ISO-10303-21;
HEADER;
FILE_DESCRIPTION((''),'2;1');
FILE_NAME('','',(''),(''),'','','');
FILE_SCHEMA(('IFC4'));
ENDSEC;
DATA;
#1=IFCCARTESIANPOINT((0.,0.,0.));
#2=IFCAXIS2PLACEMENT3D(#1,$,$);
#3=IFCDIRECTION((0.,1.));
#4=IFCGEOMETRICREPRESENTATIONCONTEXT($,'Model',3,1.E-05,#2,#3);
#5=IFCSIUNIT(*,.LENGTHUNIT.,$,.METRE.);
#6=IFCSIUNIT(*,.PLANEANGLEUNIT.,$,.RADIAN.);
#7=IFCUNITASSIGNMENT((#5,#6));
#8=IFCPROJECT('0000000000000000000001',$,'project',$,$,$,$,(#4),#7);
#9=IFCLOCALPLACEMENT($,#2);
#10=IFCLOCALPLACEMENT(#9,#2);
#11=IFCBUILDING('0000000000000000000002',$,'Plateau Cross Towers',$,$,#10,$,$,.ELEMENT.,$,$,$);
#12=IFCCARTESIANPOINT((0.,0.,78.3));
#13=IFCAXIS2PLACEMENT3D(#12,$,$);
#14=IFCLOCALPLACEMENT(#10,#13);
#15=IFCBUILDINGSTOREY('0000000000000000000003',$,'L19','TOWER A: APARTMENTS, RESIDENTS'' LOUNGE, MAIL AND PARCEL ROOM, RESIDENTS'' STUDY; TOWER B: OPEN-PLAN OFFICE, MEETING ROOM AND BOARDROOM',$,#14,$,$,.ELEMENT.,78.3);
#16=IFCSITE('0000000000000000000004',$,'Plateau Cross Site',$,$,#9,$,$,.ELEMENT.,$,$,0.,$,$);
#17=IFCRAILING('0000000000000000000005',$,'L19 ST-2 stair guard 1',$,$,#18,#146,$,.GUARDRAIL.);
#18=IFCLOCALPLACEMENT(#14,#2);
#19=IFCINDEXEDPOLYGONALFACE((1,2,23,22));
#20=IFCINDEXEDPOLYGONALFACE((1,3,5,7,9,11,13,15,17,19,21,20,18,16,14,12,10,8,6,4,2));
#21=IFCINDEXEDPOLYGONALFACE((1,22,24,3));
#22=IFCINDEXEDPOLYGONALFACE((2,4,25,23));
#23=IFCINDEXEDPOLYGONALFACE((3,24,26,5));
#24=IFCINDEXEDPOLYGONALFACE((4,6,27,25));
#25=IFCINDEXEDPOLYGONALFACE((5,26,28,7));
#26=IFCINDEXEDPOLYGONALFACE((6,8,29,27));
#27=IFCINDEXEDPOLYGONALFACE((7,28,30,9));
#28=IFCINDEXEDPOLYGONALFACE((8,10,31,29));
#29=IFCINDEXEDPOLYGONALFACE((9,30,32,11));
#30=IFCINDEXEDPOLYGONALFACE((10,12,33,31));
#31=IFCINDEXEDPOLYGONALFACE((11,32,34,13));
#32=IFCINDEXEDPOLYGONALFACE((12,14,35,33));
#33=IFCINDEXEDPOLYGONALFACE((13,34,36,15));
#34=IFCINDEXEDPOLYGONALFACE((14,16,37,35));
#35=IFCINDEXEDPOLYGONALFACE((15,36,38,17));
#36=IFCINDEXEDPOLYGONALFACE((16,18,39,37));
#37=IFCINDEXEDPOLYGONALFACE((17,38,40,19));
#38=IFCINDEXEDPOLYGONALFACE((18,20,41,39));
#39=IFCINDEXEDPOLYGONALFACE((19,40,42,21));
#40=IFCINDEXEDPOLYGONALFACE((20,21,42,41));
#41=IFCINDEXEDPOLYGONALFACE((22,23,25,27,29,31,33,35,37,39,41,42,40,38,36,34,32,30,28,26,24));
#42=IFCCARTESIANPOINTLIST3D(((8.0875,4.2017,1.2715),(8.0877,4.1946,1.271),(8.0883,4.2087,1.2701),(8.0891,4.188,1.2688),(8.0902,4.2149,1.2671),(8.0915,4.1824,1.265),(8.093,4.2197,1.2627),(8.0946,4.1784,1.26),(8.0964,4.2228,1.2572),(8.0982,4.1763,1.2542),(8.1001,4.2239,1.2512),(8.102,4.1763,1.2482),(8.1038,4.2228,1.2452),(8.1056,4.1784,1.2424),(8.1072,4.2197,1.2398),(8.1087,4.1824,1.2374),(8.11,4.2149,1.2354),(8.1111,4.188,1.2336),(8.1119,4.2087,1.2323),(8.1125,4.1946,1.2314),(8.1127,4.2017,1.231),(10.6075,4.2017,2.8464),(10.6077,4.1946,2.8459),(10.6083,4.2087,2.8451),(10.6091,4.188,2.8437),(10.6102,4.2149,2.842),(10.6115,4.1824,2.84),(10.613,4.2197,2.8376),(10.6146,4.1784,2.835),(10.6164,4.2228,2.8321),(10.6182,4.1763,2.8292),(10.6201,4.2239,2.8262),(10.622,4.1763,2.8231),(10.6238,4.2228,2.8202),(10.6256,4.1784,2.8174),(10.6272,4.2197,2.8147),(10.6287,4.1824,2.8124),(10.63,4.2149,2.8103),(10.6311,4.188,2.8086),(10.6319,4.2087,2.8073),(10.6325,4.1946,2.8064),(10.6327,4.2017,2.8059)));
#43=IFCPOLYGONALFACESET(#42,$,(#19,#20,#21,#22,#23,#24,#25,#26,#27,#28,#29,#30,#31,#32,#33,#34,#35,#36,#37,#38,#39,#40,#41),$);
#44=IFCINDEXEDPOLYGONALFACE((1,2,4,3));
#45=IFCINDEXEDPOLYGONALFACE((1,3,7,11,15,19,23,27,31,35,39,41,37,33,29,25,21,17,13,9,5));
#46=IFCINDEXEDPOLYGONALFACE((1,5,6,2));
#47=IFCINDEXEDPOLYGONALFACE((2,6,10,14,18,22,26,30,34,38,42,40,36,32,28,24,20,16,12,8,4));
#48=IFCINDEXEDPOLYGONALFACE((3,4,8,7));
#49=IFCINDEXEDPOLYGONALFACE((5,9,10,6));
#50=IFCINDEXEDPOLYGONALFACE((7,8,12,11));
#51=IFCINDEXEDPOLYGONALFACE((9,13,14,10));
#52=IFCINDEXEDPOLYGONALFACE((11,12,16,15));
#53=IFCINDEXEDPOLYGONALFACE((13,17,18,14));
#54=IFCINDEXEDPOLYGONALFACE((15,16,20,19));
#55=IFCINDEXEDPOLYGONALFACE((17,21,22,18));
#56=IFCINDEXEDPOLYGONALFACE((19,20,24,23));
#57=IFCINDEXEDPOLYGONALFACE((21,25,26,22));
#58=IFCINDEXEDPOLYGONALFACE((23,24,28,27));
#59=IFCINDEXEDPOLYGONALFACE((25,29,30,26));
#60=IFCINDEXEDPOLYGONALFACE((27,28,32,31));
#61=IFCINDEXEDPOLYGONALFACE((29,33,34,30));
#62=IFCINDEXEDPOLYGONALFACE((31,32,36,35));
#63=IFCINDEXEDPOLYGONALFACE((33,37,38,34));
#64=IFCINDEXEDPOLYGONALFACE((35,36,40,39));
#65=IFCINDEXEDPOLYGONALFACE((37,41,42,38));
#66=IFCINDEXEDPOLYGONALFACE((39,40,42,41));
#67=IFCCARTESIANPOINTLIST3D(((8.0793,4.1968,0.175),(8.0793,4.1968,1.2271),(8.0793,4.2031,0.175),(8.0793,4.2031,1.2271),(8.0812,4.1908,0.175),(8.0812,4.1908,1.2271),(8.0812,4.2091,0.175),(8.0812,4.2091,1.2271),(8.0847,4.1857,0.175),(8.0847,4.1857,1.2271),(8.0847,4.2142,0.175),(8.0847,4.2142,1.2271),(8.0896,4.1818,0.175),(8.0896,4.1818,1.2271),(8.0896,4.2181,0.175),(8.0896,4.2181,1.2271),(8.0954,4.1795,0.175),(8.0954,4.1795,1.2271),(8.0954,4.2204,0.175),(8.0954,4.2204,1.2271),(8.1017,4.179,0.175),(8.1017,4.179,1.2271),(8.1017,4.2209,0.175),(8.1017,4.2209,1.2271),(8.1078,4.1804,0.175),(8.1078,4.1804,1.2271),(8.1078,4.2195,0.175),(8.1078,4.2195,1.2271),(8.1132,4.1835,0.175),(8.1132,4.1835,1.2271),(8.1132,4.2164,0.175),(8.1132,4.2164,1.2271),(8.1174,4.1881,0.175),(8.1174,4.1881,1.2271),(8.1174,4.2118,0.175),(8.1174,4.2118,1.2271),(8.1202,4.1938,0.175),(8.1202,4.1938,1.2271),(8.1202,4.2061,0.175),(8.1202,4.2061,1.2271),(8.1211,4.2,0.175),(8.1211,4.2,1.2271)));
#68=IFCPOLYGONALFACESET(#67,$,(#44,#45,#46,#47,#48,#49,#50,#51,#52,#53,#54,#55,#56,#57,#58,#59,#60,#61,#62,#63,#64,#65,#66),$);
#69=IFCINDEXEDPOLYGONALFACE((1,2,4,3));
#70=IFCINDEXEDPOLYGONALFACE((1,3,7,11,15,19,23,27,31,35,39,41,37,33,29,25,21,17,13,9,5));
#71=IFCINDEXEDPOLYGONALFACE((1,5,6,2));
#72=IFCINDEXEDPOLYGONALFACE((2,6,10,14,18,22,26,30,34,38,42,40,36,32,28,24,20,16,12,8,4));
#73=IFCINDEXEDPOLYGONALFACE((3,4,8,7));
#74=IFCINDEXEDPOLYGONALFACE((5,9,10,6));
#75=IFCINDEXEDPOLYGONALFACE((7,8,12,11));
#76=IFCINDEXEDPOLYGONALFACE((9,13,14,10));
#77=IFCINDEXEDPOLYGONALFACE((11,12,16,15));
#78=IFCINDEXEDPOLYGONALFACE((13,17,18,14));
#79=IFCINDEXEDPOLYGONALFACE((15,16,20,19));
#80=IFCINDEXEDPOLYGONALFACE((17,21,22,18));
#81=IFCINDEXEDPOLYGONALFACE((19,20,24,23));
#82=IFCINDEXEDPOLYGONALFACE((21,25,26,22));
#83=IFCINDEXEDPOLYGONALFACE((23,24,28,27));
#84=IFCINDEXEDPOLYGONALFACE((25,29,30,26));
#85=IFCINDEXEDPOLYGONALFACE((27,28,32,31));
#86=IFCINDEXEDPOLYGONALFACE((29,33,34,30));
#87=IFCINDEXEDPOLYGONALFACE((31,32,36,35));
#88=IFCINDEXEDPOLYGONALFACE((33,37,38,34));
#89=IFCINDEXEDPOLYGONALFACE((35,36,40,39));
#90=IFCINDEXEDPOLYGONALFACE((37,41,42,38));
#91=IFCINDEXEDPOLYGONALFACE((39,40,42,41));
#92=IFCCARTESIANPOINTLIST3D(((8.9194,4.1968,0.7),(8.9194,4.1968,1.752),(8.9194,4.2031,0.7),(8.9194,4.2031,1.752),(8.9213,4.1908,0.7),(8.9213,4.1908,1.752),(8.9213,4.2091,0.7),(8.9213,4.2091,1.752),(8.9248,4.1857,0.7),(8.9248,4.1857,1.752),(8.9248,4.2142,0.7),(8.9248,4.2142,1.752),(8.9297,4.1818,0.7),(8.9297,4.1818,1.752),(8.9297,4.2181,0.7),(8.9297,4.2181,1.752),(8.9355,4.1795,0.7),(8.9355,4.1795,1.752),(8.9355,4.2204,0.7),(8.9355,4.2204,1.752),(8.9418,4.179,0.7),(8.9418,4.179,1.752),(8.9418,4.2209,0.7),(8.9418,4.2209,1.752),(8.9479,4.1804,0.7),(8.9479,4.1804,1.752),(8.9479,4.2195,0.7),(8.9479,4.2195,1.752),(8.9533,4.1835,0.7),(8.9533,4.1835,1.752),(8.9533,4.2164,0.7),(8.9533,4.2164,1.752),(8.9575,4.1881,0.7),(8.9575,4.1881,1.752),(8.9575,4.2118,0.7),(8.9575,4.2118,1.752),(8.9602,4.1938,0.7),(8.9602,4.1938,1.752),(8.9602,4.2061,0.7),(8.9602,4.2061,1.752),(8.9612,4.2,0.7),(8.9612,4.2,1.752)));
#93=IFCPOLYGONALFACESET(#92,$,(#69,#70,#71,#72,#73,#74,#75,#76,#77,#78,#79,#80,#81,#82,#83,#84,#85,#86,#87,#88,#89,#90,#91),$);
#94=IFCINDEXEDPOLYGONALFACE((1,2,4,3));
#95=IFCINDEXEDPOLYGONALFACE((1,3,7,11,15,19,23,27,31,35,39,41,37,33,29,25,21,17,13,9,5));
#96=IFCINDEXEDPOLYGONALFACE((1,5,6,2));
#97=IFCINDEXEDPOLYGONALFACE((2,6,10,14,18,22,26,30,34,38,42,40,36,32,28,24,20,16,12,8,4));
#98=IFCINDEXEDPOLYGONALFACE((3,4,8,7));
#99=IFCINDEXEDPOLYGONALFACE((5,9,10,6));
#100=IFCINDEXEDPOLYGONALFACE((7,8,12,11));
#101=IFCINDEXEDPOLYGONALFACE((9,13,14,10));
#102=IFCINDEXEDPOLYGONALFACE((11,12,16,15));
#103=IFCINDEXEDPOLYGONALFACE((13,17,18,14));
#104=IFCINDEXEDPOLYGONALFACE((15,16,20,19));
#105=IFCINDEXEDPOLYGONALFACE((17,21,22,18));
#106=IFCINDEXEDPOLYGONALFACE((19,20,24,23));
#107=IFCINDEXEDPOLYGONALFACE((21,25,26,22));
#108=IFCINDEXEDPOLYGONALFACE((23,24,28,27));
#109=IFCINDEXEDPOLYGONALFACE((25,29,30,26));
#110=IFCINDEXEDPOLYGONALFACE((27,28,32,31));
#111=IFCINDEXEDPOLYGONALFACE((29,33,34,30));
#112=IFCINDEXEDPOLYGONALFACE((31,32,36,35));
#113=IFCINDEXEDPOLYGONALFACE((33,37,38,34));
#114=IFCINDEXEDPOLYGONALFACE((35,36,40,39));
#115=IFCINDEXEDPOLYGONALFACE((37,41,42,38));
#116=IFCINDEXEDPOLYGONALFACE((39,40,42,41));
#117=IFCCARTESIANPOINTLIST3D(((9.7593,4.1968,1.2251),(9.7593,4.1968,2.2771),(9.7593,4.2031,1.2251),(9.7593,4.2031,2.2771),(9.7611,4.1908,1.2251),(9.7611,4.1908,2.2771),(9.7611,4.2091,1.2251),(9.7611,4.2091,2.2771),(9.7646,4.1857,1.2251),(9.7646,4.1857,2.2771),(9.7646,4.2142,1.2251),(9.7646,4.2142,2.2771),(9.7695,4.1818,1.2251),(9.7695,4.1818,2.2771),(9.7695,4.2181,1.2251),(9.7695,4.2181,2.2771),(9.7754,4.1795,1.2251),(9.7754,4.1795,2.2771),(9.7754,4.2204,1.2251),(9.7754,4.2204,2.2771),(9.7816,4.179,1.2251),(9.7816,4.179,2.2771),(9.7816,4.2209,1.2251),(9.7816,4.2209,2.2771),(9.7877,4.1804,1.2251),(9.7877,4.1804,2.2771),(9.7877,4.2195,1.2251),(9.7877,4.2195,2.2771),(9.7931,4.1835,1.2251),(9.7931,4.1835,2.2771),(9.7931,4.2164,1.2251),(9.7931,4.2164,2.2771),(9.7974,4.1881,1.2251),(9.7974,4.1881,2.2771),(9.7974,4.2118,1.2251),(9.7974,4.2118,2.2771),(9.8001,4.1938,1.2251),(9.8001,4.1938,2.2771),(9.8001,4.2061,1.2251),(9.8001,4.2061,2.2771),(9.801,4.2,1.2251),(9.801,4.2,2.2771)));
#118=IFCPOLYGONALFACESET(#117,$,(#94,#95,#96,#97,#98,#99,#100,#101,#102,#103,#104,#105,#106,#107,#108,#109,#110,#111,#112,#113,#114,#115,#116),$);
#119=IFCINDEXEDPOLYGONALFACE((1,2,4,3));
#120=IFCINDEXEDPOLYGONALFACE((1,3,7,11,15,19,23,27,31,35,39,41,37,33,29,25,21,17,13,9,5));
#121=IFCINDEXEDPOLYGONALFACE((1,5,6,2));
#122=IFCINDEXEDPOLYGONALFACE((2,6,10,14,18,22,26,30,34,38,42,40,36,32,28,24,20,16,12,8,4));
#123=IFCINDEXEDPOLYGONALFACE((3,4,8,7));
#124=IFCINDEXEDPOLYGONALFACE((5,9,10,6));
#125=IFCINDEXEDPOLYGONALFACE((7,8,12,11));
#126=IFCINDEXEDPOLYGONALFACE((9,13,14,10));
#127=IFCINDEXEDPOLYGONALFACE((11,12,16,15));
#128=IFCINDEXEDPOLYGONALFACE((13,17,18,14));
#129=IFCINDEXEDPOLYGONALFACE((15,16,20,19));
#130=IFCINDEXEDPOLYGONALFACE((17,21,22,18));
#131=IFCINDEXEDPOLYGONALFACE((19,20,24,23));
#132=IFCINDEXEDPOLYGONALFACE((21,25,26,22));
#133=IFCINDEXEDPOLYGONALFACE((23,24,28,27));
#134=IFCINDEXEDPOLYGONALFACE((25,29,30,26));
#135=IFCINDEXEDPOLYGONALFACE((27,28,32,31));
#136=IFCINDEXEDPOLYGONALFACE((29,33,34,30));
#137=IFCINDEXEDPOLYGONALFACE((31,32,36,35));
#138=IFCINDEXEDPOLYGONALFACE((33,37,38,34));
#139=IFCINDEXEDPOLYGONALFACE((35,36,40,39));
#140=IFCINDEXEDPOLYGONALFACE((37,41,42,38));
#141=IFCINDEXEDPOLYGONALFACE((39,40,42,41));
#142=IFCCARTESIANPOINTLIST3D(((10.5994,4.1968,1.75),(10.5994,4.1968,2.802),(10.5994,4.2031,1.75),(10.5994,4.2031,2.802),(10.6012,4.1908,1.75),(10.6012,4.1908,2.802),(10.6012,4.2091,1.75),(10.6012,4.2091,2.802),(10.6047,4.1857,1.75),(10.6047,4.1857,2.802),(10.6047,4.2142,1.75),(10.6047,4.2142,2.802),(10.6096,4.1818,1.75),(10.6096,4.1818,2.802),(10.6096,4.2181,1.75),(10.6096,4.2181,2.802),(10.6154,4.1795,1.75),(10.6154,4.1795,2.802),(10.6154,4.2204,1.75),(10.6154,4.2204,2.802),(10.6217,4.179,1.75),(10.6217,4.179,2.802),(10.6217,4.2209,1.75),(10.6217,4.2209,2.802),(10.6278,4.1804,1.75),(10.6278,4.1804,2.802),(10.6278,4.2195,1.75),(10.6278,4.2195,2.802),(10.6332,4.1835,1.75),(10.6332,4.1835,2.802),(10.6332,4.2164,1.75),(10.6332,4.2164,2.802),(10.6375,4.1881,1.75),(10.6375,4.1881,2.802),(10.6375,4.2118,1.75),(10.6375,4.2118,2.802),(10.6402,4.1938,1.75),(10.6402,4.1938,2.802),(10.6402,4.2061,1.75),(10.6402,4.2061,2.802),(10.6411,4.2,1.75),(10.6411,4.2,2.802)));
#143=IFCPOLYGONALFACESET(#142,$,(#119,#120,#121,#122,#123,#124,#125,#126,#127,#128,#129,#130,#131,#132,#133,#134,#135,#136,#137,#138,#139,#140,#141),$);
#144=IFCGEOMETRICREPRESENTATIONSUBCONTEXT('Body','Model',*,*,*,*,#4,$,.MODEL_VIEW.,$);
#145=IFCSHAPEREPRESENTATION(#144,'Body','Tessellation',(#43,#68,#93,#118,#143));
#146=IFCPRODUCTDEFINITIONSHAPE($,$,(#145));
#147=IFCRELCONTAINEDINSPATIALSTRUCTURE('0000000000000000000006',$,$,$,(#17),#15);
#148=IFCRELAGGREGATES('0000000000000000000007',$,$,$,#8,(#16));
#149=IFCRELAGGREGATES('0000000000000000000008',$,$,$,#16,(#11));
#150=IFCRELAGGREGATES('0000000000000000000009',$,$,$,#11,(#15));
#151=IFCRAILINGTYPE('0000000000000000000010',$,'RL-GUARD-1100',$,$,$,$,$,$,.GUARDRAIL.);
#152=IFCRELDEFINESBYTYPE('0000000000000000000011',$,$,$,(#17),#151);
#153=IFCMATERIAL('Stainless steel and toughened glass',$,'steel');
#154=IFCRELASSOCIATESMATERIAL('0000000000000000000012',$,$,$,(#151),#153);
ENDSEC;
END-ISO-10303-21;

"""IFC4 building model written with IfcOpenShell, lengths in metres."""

from ifc_helpers import new_model, si_unit, direction, frame, origin, origin_2d, place, context, subcontext, project, spatial, circle, extrude, material, type_object, element, save


model = new_model("IFC4")

# Units and contexts
model_context = context("Model", 3, precision=1e-05, world=origin(), true_north=direction((0.0, 1.0)))
body_context = subcontext(model_context, "Body", "Model", "MODEL_VIEW")
ifc_project = project(units=[si_unit("LENGTHUNIT", "METRE"), si_unit("PLANEANGLEUNIT", "RADIAN")], contexts=[model_context])

# Site, building, storey
site_placement = place(None, origin())
site = spatial("IfcSite", under=ifc_project, at=site_placement, Name="Plateau Cross Site", CompositionType="ELEMENT", RefElevation=0.0)
building_placement = place(site_placement, origin())
building = spatial("IfcBuilding", under=site, at=building_placement, Name="Plateau Cross Towers", CompositionType="ELEMENT")
storey_placement = place(building_placement, frame((0.0, 0.0, 78.3)))
storey = spatial("IfcBuildingStorey", under=building, at=storey_placement, Name="L19", Description="TOWER A: APARTMENTS, RESIDENTS' LOUNGE, MAIL AND PARCEL ROOM, RESIDENTS' STUDY; TOWER B: OPEN-PLAN OFFICE, MEETING ROOM AND BOARDROOM", CompositionType="ELEMENT", Elevation=78.3)

# Railing
ifc_material_1 = material(Name="Stainless steel and toughened glass", Category="steel")
railing_type_1 = type_object("IfcRailingType", Name="RL-GUARD-1100", PredefinedType="GUARDRAIL", material=ifc_material_1)
railing_1_placement = place(storey_placement, frame((8.1001, 4.2, 0.175)))
element("IfcRailing", 1, at=railing_1_placement, inside=storey, type_object=railing_type_1, Name="L19 ST-2 stair guard 1", PredefinedType="GUARDRAIL", context=body_context, shape_type="SweptSolid", body=[
    extrude(circle(Radius=0.0239, at=origin_2d()), frame((0.0, 0.0, 1.0762), z_axis=(0.848008, 0.0, 0.529984), x_axis=(0.0, 1.0, 0.0)), (0.0, 0.0, 1.0), 2.9717),
    extrude(circle(Radius=0.021, at=origin_2d()), origin(), (0.0, 0.0, 1.0), 1.052),
    extrude(circle(Radius=0.021, at=origin_2d()), frame((0.8401, 0.0, 0.5249)), (0.0, 0.0, 1.0), 1.052),
    extrude(circle(Radius=0.021, at=origin_2d()), frame((1.6799, 0.0, 1.05)), (0.0, 0.0, 1.0), 1.052),
    extrude(circle(Radius=0.021, at=origin_2d()), frame((2.52, 0.0, 1.575)), (0.0, 0.0, 1.0), 1.052),
])

save(model, "model.ifc")
